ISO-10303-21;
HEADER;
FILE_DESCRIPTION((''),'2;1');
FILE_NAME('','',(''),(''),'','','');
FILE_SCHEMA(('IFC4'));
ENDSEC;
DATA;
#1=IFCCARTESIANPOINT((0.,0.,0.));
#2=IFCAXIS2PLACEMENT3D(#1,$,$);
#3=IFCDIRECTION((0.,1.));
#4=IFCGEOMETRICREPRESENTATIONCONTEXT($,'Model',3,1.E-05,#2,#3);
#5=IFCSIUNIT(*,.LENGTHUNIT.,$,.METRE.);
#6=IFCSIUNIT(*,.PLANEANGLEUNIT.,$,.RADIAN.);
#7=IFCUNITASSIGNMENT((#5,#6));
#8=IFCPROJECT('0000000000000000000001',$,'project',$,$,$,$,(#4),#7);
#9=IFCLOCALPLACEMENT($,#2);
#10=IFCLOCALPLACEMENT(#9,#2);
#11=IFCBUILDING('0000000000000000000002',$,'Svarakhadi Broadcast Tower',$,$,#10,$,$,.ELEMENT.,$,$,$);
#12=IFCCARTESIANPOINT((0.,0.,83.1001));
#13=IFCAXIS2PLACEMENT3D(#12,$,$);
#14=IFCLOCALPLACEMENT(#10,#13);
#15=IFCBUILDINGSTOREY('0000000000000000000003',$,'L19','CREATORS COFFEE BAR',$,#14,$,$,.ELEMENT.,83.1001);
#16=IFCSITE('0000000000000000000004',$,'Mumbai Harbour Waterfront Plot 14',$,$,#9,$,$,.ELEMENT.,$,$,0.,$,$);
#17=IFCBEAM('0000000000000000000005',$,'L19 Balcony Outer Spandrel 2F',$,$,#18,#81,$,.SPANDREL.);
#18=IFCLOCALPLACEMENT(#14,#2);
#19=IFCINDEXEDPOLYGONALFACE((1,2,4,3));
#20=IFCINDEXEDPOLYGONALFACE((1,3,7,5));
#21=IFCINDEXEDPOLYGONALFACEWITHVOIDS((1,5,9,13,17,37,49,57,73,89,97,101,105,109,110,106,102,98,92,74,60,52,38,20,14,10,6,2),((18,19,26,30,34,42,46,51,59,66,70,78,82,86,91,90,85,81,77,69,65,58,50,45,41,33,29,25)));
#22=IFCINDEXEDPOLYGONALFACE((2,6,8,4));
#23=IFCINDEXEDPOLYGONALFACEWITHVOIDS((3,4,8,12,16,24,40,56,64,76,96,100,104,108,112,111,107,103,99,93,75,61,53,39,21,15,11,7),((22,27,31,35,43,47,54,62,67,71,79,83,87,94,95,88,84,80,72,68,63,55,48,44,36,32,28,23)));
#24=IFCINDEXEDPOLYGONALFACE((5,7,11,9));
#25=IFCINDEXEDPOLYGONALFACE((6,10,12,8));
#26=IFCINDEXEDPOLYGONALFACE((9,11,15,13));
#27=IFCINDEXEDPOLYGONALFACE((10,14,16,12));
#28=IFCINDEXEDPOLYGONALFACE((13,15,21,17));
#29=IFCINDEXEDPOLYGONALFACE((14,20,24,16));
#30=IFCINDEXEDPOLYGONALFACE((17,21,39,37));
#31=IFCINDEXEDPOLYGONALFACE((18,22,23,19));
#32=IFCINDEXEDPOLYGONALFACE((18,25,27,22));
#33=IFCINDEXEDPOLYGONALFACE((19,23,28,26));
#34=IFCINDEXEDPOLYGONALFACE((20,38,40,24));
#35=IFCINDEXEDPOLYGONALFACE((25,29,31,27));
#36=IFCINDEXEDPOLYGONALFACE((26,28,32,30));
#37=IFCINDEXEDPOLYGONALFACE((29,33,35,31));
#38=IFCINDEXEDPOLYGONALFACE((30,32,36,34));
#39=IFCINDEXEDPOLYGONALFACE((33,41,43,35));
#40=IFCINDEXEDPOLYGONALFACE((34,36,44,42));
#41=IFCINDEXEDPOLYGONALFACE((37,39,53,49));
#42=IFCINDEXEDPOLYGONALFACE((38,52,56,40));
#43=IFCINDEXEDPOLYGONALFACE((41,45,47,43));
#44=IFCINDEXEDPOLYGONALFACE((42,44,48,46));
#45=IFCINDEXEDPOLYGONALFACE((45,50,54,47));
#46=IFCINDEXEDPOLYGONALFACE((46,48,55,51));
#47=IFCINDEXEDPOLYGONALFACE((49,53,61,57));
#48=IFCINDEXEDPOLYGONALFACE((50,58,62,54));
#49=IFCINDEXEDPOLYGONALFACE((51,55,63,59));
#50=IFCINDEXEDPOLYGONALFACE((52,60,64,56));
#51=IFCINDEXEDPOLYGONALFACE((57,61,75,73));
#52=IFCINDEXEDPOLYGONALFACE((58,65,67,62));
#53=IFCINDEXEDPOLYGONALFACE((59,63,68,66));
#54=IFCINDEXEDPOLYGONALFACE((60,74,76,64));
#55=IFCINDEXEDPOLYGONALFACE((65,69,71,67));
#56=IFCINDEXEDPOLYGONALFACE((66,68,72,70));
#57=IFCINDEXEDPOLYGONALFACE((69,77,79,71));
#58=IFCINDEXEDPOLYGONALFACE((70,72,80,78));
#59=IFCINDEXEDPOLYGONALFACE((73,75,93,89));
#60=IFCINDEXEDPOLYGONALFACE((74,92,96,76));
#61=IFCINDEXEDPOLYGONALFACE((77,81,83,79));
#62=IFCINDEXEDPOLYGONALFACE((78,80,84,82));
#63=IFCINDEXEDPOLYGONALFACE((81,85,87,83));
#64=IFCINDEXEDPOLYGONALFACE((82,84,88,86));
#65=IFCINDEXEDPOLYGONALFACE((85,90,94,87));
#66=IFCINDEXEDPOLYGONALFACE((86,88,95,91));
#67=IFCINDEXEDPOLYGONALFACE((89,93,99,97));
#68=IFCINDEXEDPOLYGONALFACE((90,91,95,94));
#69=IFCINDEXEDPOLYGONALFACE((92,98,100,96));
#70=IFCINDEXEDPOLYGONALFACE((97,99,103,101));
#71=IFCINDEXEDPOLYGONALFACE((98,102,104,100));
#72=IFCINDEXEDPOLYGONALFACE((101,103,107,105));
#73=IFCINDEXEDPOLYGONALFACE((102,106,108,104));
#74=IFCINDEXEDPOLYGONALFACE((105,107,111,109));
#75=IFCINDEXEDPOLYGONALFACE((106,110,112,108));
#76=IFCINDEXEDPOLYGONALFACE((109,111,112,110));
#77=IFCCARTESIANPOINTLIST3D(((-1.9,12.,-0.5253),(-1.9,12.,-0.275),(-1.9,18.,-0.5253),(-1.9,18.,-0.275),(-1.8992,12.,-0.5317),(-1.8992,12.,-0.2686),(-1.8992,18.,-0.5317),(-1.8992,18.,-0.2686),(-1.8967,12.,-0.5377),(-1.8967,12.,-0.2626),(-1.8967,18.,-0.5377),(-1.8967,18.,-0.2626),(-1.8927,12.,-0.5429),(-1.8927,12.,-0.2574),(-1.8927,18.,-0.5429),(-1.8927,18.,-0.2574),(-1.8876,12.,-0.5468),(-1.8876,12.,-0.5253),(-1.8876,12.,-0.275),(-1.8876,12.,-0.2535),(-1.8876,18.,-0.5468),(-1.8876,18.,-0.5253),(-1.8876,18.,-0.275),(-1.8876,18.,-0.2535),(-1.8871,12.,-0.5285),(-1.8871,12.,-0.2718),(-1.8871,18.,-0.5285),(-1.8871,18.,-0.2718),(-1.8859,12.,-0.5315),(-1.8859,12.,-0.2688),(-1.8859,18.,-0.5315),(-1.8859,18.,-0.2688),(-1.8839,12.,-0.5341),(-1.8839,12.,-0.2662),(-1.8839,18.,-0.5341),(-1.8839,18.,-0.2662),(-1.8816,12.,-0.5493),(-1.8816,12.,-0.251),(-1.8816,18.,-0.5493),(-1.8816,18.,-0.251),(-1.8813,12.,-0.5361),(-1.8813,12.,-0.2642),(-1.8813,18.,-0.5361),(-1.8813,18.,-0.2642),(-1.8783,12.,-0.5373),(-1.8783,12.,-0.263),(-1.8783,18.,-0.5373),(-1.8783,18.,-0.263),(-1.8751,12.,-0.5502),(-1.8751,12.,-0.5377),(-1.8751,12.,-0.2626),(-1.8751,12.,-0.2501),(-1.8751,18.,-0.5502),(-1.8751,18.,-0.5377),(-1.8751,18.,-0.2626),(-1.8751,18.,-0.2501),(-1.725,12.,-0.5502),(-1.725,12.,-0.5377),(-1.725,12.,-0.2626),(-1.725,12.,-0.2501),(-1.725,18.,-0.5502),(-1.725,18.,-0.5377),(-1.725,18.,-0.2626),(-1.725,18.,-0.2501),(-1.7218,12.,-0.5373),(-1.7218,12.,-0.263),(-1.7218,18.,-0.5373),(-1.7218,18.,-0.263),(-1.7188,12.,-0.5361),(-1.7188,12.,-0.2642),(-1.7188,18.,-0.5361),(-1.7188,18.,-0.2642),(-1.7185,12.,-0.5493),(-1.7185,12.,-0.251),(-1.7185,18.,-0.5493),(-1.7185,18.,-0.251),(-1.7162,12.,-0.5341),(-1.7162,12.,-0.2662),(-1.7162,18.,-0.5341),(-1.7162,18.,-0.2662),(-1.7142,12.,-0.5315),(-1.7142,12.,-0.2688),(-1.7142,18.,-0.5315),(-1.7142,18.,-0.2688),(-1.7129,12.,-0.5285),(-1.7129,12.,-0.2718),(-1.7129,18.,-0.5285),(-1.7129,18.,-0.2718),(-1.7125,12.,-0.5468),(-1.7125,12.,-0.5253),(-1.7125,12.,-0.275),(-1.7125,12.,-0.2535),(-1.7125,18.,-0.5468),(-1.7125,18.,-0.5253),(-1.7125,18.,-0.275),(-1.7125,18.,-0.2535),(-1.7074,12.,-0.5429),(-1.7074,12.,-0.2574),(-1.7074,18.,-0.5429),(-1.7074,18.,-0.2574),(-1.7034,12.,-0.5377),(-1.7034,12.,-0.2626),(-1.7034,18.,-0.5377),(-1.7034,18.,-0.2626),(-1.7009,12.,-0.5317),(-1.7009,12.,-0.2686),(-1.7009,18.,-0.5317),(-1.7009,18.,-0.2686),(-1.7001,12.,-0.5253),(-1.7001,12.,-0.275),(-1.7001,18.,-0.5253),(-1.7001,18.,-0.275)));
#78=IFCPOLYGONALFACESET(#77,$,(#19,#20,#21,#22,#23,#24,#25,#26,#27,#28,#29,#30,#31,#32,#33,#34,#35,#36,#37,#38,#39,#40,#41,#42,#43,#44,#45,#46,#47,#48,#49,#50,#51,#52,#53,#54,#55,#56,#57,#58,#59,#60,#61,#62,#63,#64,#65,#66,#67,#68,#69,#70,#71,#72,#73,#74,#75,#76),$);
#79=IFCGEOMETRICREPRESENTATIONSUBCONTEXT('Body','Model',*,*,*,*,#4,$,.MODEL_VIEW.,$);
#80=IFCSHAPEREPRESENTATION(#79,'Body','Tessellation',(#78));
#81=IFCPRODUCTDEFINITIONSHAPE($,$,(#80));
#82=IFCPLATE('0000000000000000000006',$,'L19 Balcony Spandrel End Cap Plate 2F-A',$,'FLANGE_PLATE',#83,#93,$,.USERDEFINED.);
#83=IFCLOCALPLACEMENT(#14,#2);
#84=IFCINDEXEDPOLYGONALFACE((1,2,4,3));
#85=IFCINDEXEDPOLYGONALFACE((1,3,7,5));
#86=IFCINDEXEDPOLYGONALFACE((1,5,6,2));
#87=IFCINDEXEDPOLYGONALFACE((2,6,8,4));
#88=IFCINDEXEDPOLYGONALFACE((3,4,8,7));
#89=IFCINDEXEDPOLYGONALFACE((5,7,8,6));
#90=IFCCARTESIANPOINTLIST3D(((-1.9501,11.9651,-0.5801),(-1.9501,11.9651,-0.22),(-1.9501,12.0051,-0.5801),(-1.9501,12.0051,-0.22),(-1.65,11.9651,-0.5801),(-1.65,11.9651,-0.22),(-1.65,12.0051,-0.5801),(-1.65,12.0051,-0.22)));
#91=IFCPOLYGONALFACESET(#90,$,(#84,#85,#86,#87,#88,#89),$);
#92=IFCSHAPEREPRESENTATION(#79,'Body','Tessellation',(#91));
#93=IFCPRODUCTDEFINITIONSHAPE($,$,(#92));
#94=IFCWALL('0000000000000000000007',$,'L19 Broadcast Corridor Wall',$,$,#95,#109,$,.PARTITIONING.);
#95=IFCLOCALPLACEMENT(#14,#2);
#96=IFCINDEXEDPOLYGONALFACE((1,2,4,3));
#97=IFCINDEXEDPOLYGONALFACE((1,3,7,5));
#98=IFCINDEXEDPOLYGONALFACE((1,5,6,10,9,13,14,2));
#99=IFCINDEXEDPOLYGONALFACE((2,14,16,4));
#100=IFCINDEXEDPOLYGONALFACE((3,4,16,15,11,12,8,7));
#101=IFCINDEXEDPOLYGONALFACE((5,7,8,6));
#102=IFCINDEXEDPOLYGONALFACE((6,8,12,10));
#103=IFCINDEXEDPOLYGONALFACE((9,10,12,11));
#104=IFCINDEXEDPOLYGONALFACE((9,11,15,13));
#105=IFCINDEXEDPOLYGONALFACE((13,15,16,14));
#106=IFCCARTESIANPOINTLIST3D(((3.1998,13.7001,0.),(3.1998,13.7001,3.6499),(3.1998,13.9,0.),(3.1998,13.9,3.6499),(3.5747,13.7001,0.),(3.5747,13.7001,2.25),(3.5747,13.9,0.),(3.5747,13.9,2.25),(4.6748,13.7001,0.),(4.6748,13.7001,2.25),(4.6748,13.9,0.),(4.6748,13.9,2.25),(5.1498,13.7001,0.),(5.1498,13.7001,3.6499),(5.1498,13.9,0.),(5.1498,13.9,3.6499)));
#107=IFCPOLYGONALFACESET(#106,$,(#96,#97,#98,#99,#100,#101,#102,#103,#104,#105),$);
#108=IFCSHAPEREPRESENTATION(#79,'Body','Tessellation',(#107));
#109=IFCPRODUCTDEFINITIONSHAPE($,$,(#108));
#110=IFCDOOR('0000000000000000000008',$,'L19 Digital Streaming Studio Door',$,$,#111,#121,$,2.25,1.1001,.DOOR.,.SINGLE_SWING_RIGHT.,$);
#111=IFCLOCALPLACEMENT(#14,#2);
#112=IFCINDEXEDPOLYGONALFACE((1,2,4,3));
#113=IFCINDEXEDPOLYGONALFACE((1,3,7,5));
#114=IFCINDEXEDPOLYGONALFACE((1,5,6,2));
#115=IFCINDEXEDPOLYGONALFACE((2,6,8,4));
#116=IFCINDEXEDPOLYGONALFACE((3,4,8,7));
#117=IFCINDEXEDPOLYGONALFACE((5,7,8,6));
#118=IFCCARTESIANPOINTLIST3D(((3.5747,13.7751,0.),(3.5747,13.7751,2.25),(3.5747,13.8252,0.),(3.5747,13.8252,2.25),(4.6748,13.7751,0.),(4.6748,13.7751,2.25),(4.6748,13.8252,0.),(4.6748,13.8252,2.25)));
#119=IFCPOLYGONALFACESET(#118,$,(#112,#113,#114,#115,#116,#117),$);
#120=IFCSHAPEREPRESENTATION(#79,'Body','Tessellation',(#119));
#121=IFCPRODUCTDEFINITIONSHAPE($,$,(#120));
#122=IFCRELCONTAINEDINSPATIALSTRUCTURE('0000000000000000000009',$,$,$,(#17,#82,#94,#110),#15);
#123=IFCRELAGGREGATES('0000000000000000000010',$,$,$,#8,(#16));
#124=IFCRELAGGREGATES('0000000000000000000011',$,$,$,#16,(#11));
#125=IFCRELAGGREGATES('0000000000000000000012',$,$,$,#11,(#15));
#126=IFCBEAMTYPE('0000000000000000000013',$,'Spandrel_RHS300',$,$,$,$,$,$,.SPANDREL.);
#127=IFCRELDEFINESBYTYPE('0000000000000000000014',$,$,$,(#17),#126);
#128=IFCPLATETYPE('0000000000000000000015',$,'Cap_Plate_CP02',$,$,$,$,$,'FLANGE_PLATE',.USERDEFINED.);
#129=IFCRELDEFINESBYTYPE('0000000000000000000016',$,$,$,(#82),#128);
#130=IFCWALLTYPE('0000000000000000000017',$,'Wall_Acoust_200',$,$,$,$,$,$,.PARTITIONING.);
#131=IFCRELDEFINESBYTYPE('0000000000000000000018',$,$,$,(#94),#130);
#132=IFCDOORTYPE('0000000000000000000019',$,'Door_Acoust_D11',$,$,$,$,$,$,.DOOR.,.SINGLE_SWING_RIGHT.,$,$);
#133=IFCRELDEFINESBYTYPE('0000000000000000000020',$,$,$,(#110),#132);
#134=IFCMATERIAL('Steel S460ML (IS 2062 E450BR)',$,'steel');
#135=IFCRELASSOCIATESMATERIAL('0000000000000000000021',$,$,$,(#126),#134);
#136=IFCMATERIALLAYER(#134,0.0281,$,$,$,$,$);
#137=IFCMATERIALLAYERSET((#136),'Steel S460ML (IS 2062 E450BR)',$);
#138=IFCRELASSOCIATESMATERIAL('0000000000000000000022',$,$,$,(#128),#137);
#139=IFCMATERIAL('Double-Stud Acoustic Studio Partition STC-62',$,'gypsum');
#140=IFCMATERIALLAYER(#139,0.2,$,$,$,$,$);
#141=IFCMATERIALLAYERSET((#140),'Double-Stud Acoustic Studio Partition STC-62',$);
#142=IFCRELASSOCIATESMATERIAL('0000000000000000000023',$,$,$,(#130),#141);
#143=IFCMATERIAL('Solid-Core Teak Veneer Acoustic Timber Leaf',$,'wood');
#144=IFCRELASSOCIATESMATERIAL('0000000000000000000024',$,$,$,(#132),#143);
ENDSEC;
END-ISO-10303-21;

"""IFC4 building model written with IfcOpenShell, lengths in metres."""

from ifc_helpers import new_model, si_unit, direction, frame, frame_2d, origin, origin_2d, place, context, subcontext, project, spatial, rectangle, hollow_rectangle, extrude, material, layer, layer_set, material_profile, profile_set, type_object, element, fill, save


model = new_model("IFC4")

# Units and contexts
model_context = context("Model", 3, precision=1e-05, world=origin(), true_north=direction((0.0, 1.0)))
body_context = subcontext(model_context, "Body", "Model", "MODEL_VIEW")
ifc_project = project(units=[si_unit("LENGTHUNIT", "METRE"), si_unit("PLANEANGLEUNIT", "RADIAN")], contexts=[model_context])

# Site, building, storey
site_placement = place(None, origin())
site = spatial("IfcSite", under=ifc_project, at=site_placement, Name="Mumbai Harbour Waterfront Plot 14", CompositionType="ELEMENT", RefElevation=0.0)
building_placement = place(site_placement, origin())
building = spatial("IfcBuilding", under=site, at=building_placement, Name="Svarakhadi Broadcast Tower", CompositionType="ELEMENT")
storey_placement = place(building_placement, frame((0.0, 0.0, 83.1001)))
storey = spatial("IfcBuildingStorey", under=building, at=storey_placement, Name="L19", Description="CREATORS COFFEE BAR", CompositionType="ELEMENT", Elevation=83.1001)

# Shared definitions
ifc_material_1 = material(Name="Steel S460ML (IS 2062 E450BR)", Category="steel")

# Beam
ifc_material_profile_1 = material_profile(ifc_material_1, hollow_rectangle(XDim=0.2, YDim=0.3, WallThickness=0.0125, InnerFilletRadius=0.0125, OuterFilletRadius=0.0249, at=origin_2d()), Name="RHS 300x200x12.5")
ifc_profile_set_1 = profile_set([ifc_material_profile_1], Name="Steel S460ML (IS 2062 E450BR)")
beam_type_1 = type_object("IfcBeamType", Name="Spandrel_RHS300", PredefinedType="SPANDREL", material=ifc_profile_set_1)
beam_1_placement = place(storey_placement, frame((-1.8, 12.0, -0.4001), z_axis=(0.0, 1.0, 0.0), x_axis=(-1.0, 0.0, 0.0)))
element("IfcBeam", 1, at=beam_1_placement, inside=storey, type_object=beam_type_1, Name="L19 Balcony Outer Spandrel 2F", PredefinedType="SPANDREL", context=body_context, shape_type="SweptSolid", body=[
    extrude(hollow_rectangle(XDim=0.2, YDim=0.3, WallThickness=0.0125, InnerFilletRadius=0.0125, OuterFilletRadius=0.0249, at=origin_2d()), origin(), (0.0, 0.0, 1.0), 6.0),
])

# Plate
ifc_layer_1 = layer(ifc_material_1, 0.0281)
ifc_layer_set_1 = layer_set([ifc_layer_1], Name="Steel S460ML (IS 2062 E450BR)")
plate_type = type_object("IfcPlateType", Name="Cap_Plate_CP02", ElementType="FLANGE_PLATE", PredefinedType="USERDEFINED", material=ifc_layer_set_1)
plate_placement = place(storey_placement, frame((-1.8, 11.9851, -0.5801), z_axis=(0.0, 0.0, 1.0), x_axis=(1.0, 0.0, 0.0)))
element("IfcPlate", 2, at=plate_placement, inside=storey, type_object=plate_type, Name="L19 Balcony Spandrel End Cap Plate 2F-A", ObjectType="FLANGE_PLATE", PredefinedType="USERDEFINED", context=body_context, shape_type="SweptSolid", body=[
    extrude(rectangle(XDim=0.3, YDim=0.04, at=origin_2d()), origin(), (0.0, 0.0, 1.0), 0.3601),
])

# Wall, opening, door
ifc_material_2 = material(Name="Double-Stud Acoustic Studio Partition STC-62", Category="gypsum")
ifc_layer_2 = layer(ifc_material_2, 0.2)
ifc_layer_set_2 = layer_set([ifc_layer_2], Name="Double-Stud Acoustic Studio Partition STC-62")
wall_type_1 = type_object("IfcWallType", Name="Wall_Acoust_200", PredefinedType="PARTITIONING", material=ifc_layer_set_2)
wall_1_placement = place(storey_placement, frame((5.1499, 13.8, 0.0), z_axis=(0.0, 0.0, 1.0), x_axis=(-1.0, 0.0, 0.0)))
wall_1 = element("IfcWall", 3, at=wall_1_placement, inside=storey, type_object=wall_type_1, Name="L19 Broadcast Corridor Wall", PredefinedType="PARTITIONING", context=body_context, shape_type="SweptSolid", body=[
    extrude(rectangle(XDim=1.95, YDim=0.2, at=frame_2d((0.9751, 0.0))), origin(), (0.0, 0.0, 1.0), 3.6499),
])
opening_1_placement = place(wall_1_placement, frame((0.4751, 0.0, 0.0)))
opening_1 = element("IfcOpeningElement", 4, at=opening_1_placement, cuts=wall_1, PredefinedType="OPENING", context=body_context, shape_type="SweptSolid", body=[
    extrude(rectangle(XDim=1.1001, YDim=2.25, at=frame_2d((0.55, 1.125))), frame((0.0, 0.1099, 0.0), z_axis=(0.0, -1.0, 0.0), x_axis=(1.0, 0.0, 0.0)), (0.0, 0.0, 1.0), 0.22),
])
ifc_material_3 = material(Name="Solid-Core Teak Veneer Acoustic Timber Leaf", Category="wood")
door_type_1 = type_object("IfcDoorType", Name="Door_Acoust_D11", OperationType="SINGLE_SWING_RIGHT", PredefinedType="DOOR", material=ifc_material_3)
door_1_placement = place(opening_1_placement, origin())
door_1 = element("IfcDoor", 5, at=door_1_placement, inside=storey, type_object=door_type_1, Name="L19 Digital Streaming Studio Door", OperationType="SINGLE_SWING_RIGHT", OverallHeight=2.25, OverallWidth=1.1001, PredefinedType="DOOR", context=body_context, shape_type="SweptSolid", body=[
    extrude(rectangle(XDim=1.1001, YDim=2.25, at=frame_2d((0.55, 1.125))), frame((0.0, 0.0249, 0.0), z_axis=(0.0, -1.0, 0.0), x_axis=(1.0, 0.0, 0.0)), (0.0, 0.0, 1.0), 0.05),
])
fill(opening_1, door_1)

save(model, "model.ifc")
